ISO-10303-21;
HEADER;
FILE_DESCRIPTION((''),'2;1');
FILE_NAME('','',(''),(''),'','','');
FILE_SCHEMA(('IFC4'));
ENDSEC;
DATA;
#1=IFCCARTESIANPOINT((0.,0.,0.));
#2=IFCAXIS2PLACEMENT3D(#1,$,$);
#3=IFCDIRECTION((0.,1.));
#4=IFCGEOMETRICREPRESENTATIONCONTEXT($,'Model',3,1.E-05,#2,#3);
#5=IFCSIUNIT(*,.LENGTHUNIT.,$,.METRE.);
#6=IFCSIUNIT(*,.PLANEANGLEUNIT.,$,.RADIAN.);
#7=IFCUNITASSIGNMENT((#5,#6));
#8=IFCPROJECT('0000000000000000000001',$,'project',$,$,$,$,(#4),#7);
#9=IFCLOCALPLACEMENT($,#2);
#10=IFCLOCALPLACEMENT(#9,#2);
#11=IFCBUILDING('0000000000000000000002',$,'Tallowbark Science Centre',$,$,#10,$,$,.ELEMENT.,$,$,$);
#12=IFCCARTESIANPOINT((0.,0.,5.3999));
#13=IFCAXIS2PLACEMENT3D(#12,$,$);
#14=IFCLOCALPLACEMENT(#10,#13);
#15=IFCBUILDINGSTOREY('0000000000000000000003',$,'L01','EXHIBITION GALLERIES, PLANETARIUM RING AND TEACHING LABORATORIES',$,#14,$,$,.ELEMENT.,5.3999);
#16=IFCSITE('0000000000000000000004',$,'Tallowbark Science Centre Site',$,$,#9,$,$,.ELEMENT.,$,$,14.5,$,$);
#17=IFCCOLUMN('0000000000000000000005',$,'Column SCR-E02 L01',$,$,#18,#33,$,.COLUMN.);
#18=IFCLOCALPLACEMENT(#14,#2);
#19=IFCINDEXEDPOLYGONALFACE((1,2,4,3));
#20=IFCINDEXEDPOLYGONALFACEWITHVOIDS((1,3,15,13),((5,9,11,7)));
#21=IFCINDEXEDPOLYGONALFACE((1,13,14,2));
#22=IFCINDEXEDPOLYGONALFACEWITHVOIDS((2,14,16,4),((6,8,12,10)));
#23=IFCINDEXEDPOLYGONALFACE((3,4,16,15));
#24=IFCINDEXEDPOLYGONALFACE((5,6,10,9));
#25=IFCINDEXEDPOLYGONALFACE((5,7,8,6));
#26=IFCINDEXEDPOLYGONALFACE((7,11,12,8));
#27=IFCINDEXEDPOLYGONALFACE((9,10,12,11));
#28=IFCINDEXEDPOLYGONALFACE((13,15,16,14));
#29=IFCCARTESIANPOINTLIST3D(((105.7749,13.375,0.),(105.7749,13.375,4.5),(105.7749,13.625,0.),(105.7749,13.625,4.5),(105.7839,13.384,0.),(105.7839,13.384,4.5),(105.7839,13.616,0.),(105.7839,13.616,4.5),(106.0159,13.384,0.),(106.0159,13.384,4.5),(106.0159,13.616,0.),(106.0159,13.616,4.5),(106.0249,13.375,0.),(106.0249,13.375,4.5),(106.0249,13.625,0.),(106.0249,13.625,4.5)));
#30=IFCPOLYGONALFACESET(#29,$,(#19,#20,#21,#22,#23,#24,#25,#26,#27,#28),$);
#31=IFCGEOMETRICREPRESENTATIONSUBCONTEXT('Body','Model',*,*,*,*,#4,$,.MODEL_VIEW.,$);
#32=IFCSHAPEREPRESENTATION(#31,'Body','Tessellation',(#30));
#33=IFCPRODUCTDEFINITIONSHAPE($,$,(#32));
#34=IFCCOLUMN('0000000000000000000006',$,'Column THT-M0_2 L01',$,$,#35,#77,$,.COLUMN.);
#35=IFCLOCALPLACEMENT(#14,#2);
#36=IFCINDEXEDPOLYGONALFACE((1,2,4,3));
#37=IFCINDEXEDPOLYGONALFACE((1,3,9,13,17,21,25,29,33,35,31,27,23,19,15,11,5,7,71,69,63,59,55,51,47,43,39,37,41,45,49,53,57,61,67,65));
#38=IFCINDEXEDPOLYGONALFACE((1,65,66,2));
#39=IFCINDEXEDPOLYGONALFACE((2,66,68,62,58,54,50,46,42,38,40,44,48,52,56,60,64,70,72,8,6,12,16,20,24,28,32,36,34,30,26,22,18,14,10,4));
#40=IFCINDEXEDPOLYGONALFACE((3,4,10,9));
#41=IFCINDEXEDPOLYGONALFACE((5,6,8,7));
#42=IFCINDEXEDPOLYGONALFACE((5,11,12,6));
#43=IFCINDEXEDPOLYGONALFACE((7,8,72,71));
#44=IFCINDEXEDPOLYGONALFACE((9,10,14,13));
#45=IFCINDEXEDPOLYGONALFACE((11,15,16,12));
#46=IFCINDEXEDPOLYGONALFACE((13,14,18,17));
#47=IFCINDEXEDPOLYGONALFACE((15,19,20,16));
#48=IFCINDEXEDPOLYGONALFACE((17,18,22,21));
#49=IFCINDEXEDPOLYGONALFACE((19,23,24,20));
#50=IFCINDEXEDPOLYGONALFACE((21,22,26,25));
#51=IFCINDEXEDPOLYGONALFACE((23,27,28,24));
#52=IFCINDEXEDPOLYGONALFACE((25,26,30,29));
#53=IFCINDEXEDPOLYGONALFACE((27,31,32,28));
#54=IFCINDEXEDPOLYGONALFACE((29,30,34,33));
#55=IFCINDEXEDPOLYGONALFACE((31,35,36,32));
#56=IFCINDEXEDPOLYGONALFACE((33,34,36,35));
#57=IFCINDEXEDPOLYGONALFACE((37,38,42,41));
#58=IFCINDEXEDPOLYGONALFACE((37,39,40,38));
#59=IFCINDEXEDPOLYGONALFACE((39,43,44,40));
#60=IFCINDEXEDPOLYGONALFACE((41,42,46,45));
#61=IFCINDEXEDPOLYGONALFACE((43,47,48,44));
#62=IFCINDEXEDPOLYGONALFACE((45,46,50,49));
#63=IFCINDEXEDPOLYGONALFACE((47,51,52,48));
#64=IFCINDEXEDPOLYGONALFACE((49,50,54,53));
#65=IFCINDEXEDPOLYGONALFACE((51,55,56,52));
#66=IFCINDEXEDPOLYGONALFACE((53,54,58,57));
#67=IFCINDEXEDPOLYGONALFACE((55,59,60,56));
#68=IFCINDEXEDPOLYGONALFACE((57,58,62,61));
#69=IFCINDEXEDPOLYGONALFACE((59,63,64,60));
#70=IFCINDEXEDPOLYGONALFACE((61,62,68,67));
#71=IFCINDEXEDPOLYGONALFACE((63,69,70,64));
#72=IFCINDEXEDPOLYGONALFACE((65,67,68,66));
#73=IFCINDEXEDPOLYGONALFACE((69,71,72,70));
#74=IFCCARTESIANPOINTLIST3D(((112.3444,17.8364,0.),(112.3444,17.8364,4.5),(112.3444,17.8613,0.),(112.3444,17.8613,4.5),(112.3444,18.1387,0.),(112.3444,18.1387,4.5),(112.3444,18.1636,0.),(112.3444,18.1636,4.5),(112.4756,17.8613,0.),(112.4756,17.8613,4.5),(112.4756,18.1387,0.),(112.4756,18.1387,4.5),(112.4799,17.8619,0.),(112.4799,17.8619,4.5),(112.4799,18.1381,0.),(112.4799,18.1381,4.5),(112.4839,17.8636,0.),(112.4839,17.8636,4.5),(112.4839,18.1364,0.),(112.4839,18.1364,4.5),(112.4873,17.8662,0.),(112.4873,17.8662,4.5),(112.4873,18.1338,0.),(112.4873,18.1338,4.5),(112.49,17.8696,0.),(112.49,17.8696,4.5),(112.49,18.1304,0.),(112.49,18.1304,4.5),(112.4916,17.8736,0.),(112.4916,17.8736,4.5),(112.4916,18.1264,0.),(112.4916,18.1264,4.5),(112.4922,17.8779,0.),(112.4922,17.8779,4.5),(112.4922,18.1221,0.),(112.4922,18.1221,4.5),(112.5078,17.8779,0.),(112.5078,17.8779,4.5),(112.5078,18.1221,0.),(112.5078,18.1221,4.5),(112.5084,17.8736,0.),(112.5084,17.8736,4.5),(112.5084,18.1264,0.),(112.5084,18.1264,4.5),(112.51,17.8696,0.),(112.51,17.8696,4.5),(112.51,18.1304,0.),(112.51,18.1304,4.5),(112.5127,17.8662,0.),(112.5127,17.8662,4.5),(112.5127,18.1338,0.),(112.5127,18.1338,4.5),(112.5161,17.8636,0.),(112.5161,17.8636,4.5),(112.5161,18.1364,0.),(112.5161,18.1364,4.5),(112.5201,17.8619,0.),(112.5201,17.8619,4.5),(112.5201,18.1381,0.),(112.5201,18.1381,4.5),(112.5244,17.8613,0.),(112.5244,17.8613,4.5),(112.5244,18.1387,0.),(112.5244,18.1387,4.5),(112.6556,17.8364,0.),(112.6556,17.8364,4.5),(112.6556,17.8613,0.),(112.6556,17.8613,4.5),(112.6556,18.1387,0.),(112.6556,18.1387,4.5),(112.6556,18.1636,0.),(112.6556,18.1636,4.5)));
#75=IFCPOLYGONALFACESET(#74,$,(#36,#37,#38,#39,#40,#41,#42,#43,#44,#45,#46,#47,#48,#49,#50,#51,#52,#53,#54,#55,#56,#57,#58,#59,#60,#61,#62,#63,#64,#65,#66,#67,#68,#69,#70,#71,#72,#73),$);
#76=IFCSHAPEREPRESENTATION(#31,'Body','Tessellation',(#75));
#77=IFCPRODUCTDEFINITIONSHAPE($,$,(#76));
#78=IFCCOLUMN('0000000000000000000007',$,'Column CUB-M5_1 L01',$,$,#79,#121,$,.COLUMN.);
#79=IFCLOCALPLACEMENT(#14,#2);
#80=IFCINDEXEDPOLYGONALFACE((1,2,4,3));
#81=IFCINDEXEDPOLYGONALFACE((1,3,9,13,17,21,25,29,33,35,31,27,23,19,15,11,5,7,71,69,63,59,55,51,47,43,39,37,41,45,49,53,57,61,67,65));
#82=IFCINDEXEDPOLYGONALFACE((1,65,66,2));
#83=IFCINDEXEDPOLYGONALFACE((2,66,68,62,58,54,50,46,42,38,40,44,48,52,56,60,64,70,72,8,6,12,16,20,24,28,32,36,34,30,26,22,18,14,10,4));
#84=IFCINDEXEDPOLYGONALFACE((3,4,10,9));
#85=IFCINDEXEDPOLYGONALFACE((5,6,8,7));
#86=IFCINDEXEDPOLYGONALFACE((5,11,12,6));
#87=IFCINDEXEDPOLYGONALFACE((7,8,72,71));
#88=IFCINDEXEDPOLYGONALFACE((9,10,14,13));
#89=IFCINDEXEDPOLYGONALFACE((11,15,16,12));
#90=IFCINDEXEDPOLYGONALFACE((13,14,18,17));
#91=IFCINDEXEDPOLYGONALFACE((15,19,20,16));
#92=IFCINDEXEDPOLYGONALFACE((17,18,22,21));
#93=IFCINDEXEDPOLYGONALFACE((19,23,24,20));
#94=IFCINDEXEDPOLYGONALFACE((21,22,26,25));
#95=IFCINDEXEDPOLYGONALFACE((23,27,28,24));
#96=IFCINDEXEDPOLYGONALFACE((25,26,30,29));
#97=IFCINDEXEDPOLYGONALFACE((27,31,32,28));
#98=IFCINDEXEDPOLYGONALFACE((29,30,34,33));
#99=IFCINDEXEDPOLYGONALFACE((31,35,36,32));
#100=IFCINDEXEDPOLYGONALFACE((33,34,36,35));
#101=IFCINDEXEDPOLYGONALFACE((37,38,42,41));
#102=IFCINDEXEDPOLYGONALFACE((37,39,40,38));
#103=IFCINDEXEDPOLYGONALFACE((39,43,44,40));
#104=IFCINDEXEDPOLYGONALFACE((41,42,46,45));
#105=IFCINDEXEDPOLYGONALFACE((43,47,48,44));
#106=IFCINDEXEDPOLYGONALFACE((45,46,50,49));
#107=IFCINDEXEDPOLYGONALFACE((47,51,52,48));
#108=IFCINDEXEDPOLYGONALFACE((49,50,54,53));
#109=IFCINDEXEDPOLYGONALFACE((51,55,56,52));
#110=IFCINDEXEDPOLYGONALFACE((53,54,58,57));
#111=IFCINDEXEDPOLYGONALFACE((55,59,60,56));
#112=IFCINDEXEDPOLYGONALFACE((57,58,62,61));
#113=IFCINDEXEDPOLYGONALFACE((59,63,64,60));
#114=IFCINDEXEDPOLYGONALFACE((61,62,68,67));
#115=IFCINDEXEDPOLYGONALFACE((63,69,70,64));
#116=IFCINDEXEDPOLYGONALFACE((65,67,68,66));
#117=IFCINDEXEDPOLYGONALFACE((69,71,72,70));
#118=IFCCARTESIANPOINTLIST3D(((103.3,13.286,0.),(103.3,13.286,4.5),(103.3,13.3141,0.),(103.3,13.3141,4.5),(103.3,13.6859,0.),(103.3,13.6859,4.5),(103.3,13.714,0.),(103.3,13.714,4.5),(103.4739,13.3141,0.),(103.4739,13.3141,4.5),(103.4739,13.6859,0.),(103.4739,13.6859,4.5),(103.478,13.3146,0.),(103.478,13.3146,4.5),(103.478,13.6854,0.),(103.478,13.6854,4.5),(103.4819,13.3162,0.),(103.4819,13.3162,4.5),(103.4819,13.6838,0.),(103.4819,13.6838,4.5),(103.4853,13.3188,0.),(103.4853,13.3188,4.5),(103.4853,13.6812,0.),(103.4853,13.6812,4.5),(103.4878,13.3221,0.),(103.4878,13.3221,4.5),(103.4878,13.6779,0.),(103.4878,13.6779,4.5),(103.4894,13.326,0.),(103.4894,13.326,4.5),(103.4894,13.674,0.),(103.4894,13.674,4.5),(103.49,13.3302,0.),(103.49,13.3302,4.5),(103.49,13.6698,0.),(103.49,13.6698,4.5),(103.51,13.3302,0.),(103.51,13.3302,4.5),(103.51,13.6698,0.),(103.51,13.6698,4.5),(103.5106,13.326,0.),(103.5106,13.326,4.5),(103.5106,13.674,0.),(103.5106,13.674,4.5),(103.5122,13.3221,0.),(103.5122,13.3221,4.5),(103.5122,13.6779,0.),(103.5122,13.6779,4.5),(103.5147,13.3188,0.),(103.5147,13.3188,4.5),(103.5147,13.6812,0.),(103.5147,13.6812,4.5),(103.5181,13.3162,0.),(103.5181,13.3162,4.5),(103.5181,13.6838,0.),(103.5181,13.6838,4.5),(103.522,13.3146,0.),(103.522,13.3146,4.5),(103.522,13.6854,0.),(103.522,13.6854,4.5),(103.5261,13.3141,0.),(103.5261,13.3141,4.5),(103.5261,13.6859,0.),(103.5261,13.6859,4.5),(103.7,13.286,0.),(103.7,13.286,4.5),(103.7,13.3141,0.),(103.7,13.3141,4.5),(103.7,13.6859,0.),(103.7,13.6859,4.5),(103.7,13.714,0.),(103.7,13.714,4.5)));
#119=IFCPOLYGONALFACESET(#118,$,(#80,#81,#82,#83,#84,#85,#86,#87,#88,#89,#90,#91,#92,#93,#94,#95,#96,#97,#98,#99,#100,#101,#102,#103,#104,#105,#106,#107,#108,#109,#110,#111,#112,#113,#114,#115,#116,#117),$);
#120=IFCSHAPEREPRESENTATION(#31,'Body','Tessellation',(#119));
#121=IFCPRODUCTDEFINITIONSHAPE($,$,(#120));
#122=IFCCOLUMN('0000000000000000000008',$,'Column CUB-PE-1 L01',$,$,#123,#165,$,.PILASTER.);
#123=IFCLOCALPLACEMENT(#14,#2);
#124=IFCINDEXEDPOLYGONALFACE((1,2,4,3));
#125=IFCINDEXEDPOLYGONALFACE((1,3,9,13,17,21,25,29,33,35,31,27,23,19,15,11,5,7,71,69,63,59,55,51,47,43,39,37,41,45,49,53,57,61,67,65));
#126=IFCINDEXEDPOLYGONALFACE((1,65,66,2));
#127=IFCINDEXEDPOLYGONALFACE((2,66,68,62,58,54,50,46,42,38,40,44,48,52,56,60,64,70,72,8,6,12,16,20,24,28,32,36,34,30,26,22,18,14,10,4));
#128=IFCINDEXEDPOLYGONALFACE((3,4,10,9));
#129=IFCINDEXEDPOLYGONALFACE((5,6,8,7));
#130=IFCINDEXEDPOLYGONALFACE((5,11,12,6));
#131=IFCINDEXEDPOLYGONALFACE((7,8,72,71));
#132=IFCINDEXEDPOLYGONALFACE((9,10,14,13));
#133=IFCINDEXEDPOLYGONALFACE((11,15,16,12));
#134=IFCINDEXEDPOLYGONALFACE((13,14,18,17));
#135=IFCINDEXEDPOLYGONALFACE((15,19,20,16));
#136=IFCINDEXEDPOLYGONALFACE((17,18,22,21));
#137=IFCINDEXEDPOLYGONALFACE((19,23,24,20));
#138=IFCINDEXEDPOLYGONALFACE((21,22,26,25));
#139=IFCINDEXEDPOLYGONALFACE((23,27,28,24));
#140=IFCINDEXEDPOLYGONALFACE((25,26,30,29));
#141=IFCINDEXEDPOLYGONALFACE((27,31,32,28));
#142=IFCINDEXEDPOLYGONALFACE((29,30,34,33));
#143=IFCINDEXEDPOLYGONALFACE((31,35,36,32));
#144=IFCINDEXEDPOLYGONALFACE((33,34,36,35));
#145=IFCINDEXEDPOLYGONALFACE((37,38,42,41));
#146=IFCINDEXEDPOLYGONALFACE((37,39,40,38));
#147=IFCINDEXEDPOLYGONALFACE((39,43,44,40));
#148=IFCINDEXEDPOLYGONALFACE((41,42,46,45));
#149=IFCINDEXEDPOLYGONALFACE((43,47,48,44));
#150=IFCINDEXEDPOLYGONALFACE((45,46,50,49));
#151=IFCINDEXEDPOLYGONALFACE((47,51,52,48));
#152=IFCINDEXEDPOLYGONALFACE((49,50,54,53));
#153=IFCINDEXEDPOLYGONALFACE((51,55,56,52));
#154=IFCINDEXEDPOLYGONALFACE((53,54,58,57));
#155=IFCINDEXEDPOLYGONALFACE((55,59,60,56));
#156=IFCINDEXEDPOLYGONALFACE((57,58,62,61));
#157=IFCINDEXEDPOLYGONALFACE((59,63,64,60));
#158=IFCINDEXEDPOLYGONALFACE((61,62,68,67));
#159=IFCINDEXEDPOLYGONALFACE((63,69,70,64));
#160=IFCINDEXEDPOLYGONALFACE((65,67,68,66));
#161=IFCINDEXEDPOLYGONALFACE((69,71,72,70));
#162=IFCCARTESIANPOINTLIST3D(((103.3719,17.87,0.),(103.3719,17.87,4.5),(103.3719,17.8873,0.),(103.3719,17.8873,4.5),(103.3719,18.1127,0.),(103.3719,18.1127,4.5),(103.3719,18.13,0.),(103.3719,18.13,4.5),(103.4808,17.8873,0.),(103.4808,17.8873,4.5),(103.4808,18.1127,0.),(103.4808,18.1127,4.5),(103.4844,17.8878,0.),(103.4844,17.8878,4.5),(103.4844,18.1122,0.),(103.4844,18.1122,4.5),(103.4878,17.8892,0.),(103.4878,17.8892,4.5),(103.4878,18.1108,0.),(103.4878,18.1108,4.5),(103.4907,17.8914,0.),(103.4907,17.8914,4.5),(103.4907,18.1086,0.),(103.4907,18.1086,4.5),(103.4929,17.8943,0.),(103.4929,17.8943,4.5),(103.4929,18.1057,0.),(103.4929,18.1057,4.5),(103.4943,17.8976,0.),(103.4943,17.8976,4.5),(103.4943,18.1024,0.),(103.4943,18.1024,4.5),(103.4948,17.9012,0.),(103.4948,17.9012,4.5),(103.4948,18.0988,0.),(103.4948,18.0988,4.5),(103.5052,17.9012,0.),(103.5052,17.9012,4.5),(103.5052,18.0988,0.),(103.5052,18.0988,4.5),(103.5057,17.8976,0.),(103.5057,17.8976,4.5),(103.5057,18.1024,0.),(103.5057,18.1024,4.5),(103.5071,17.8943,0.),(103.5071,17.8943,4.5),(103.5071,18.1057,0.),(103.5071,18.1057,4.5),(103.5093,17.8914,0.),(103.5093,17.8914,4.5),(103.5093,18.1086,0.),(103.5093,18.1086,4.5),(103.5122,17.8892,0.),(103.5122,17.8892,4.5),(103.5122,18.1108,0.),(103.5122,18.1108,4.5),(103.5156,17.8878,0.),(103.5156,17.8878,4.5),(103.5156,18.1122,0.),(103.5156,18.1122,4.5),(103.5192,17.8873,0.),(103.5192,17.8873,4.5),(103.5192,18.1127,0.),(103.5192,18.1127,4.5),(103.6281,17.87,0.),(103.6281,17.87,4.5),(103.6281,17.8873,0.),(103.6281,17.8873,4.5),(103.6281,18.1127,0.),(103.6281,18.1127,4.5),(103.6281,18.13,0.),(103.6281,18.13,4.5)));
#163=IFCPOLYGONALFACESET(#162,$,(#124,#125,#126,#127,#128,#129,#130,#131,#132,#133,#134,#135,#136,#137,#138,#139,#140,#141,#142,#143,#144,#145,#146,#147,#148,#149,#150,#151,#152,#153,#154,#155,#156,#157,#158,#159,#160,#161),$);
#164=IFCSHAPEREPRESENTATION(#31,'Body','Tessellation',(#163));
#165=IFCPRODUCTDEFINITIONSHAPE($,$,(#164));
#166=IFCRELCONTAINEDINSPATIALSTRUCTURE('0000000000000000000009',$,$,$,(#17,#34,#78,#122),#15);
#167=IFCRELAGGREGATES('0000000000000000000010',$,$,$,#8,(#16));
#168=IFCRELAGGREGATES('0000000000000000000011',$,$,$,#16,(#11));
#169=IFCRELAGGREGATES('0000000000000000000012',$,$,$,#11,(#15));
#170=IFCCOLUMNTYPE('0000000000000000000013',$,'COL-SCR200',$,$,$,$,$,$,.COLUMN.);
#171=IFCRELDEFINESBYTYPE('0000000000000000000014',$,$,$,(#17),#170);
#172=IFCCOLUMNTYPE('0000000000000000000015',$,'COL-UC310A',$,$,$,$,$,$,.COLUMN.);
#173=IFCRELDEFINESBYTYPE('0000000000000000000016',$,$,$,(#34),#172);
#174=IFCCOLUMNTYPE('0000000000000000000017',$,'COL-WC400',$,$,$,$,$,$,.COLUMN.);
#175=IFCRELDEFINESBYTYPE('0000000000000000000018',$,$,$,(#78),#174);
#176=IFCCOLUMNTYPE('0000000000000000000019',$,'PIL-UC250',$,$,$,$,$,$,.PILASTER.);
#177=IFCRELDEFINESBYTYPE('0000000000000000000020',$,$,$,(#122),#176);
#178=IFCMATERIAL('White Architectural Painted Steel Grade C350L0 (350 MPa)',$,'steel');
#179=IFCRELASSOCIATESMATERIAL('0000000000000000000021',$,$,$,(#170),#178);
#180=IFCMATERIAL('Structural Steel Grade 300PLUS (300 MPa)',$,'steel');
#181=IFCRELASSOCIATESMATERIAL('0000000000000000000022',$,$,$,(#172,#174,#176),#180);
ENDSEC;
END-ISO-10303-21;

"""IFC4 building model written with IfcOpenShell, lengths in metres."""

from ifc_helpers import new_model, si_unit, direction, frame, origin, origin_2d, place, context, subcontext, project, spatial, hollow_rectangle, i_section, extrude, material, material_profile, profile_set, type_object, element, save


model = new_model("IFC4")

# Units and contexts
model_context = context("Model", 3, precision=1e-05, world=origin(), true_north=direction((0.0, 1.0)))
body_context = subcontext(model_context, "Body", "Model", "MODEL_VIEW")
ifc_project = project(units=[si_unit("LENGTHUNIT", "METRE"), si_unit("PLANEANGLEUNIT", "RADIAN")], contexts=[model_context])

# Site, building, storey
site_placement = place(None, origin())
site = spatial("IfcSite", under=ifc_project, at=site_placement, Name="Tallowbark Science Centre Site", CompositionType="ELEMENT", RefElevation=14.5)
building_placement = place(site_placement, origin())
building = spatial("IfcBuilding", under=site, at=building_placement, Name="Tallowbark Science Centre", CompositionType="ELEMENT")
storey_placement = place(building_placement, frame((0.0, 0.0, 5.3999)))
storey = spatial("IfcBuildingStorey", under=building, at=storey_placement, Name="L01", Description="EXHIBITION GALLERIES, PLANETARIUM RING AND TEACHING LABORATORIES", CompositionType="ELEMENT", Elevation=5.3999)

# Columns
ifc_material_1 = material(Name="White Architectural Painted Steel Grade C350L0 (350 MPa)", Category="steel")
ifc_material_profile_1 = material_profile(ifc_material_1, hollow_rectangle(XDim=0.25, YDim=0.25, WallThickness=0.009, at=origin_2d()), Name="250x250x9.0SHS")
ifc_profile_set_1 = profile_set([ifc_material_profile_1], Name="White Architectural Painted Steel Grade C350L0 (350 MPa)")
column_type_1 = type_object("IfcColumnType", Name="COL-SCR200", PredefinedType="COLUMN", material=ifc_profile_set_1)
column_1_placement = place(storey_placement, frame((105.8999, 13.5, 0.0), z_axis=(0.0, 0.0, 1.0), x_axis=(1.0, 0.0, 0.0)))
element("IfcColumn", 1, at=column_1_placement, inside=storey, type_object=column_type_1, Name="Column SCR-E02 L01", PredefinedType="COLUMN", context=body_context, shape_type="SweptSolid", body=[
    extrude(hollow_rectangle(XDim=0.25, YDim=0.25, WallThickness=0.009, at=origin_2d()), origin(), (0.0, 0.0, 1.0), 4.5),
])
ifc_material_2 = material(Name="Structural Steel Grade 300PLUS (300 MPa)", Category="steel")
ifc_material_profile_2 = material_profile(ifc_material_2, i_section(OverallWidth=0.3113, OverallDepth=0.3271, WebThickness=0.0156, FlangeThickness=0.0249, FilletRadius=0.0166, at=origin_2d()), Name="310UC158")
ifc_profile_set_2 = profile_set([ifc_material_profile_2], Name="Structural Steel Grade 300PLUS (300 MPa)")
column_type_2 = type_object("IfcColumnType", Name="COL-UC310A", PredefinedType="COLUMN", material=ifc_profile_set_2)
column_2_placement = place(storey_placement, frame((112.5, 18.0, 0.0), z_axis=(0.0, 0.0, 1.0), x_axis=(1.0, 0.0, 0.0)))
element("IfcColumn", 2, at=column_2_placement, inside=storey, type_object=column_type_2, Name="Column THT-M0_2 L01", PredefinedType="COLUMN", context=body_context, shape_type="SweptSolid", body=[
    extrude(i_section(OverallWidth=0.3113, OverallDepth=0.3271, WebThickness=0.0156, FlangeThickness=0.0249, FilletRadius=0.0166, at=origin_2d()), origin(), (0.0, 0.0, 1.0), 4.5),
])
ifc_material_profile_3 = material_profile(ifc_material_2, i_section(OverallWidth=0.3999, OverallDepth=0.428, WebThickness=0.02, FlangeThickness=0.0281, FilletRadius=0.0161, at=origin_2d()), Name="400WC270")
ifc_profile_set_3 = profile_set([ifc_material_profile_3], Name="Structural Steel Grade 300PLUS (300 MPa)")
column_type_3 = type_object("IfcColumnType", Name="COL-WC400", PredefinedType="COLUMN", material=ifc_profile_set_3)
column_3_placement = place(storey_placement, frame((103.5, 13.5, 0.0), z_axis=(0.0, 0.0, 1.0), x_axis=(1.0, 0.0, 0.0)))
element("IfcColumn", 3, at=column_3_placement, inside=storey, type_object=column_type_3, Name="Column CUB-M5_1 L01", PredefinedType="COLUMN", context=body_context, shape_type="SweptSolid", body=[
    extrude(i_section(OverallWidth=0.3999, OverallDepth=0.428, WebThickness=0.02, FlangeThickness=0.0281, FilletRadius=0.0161, at=origin_2d()), origin(), (0.0, 0.0, 1.0), 4.5),
])
ifc_material_profile_4 = material_profile(ifc_material_2, i_section(OverallWidth=0.2561, OverallDepth=0.26, WebThickness=0.0105, FlangeThickness=0.0173, FilletRadius=0.0139, at=origin_2d()), Name="250UC89.5")
ifc_profile_set_4 = profile_set([ifc_material_profile_4], Name="Structural Steel Grade 300PLUS (300 MPa)")
column_type_4 = type_object("IfcColumnType", Name="PIL-UC250", PredefinedType="PILASTER", material=ifc_profile_set_4)
column_4_placement = place(storey_placement, frame((103.5, 18.0, 0.0), z_axis=(0.0, 0.0, 1.0), x_axis=(1.0, 0.0, 0.0)))
element("IfcColumn", 4, at=column_4_placement, inside=storey, type_object=column_type_4, Name="Column CUB-PE-1 L01", PredefinedType="PILASTER", context=body_context, shape_type="SweptSolid", body=[
    extrude(i_section(OverallWidth=0.2561, OverallDepth=0.26, WebThickness=0.0105, FlangeThickness=0.0173, FilletRadius=0.0139, at=origin_2d()), origin(), (0.0, 0.0, 1.0), 4.5),
])

save(model, "model.ifc")
